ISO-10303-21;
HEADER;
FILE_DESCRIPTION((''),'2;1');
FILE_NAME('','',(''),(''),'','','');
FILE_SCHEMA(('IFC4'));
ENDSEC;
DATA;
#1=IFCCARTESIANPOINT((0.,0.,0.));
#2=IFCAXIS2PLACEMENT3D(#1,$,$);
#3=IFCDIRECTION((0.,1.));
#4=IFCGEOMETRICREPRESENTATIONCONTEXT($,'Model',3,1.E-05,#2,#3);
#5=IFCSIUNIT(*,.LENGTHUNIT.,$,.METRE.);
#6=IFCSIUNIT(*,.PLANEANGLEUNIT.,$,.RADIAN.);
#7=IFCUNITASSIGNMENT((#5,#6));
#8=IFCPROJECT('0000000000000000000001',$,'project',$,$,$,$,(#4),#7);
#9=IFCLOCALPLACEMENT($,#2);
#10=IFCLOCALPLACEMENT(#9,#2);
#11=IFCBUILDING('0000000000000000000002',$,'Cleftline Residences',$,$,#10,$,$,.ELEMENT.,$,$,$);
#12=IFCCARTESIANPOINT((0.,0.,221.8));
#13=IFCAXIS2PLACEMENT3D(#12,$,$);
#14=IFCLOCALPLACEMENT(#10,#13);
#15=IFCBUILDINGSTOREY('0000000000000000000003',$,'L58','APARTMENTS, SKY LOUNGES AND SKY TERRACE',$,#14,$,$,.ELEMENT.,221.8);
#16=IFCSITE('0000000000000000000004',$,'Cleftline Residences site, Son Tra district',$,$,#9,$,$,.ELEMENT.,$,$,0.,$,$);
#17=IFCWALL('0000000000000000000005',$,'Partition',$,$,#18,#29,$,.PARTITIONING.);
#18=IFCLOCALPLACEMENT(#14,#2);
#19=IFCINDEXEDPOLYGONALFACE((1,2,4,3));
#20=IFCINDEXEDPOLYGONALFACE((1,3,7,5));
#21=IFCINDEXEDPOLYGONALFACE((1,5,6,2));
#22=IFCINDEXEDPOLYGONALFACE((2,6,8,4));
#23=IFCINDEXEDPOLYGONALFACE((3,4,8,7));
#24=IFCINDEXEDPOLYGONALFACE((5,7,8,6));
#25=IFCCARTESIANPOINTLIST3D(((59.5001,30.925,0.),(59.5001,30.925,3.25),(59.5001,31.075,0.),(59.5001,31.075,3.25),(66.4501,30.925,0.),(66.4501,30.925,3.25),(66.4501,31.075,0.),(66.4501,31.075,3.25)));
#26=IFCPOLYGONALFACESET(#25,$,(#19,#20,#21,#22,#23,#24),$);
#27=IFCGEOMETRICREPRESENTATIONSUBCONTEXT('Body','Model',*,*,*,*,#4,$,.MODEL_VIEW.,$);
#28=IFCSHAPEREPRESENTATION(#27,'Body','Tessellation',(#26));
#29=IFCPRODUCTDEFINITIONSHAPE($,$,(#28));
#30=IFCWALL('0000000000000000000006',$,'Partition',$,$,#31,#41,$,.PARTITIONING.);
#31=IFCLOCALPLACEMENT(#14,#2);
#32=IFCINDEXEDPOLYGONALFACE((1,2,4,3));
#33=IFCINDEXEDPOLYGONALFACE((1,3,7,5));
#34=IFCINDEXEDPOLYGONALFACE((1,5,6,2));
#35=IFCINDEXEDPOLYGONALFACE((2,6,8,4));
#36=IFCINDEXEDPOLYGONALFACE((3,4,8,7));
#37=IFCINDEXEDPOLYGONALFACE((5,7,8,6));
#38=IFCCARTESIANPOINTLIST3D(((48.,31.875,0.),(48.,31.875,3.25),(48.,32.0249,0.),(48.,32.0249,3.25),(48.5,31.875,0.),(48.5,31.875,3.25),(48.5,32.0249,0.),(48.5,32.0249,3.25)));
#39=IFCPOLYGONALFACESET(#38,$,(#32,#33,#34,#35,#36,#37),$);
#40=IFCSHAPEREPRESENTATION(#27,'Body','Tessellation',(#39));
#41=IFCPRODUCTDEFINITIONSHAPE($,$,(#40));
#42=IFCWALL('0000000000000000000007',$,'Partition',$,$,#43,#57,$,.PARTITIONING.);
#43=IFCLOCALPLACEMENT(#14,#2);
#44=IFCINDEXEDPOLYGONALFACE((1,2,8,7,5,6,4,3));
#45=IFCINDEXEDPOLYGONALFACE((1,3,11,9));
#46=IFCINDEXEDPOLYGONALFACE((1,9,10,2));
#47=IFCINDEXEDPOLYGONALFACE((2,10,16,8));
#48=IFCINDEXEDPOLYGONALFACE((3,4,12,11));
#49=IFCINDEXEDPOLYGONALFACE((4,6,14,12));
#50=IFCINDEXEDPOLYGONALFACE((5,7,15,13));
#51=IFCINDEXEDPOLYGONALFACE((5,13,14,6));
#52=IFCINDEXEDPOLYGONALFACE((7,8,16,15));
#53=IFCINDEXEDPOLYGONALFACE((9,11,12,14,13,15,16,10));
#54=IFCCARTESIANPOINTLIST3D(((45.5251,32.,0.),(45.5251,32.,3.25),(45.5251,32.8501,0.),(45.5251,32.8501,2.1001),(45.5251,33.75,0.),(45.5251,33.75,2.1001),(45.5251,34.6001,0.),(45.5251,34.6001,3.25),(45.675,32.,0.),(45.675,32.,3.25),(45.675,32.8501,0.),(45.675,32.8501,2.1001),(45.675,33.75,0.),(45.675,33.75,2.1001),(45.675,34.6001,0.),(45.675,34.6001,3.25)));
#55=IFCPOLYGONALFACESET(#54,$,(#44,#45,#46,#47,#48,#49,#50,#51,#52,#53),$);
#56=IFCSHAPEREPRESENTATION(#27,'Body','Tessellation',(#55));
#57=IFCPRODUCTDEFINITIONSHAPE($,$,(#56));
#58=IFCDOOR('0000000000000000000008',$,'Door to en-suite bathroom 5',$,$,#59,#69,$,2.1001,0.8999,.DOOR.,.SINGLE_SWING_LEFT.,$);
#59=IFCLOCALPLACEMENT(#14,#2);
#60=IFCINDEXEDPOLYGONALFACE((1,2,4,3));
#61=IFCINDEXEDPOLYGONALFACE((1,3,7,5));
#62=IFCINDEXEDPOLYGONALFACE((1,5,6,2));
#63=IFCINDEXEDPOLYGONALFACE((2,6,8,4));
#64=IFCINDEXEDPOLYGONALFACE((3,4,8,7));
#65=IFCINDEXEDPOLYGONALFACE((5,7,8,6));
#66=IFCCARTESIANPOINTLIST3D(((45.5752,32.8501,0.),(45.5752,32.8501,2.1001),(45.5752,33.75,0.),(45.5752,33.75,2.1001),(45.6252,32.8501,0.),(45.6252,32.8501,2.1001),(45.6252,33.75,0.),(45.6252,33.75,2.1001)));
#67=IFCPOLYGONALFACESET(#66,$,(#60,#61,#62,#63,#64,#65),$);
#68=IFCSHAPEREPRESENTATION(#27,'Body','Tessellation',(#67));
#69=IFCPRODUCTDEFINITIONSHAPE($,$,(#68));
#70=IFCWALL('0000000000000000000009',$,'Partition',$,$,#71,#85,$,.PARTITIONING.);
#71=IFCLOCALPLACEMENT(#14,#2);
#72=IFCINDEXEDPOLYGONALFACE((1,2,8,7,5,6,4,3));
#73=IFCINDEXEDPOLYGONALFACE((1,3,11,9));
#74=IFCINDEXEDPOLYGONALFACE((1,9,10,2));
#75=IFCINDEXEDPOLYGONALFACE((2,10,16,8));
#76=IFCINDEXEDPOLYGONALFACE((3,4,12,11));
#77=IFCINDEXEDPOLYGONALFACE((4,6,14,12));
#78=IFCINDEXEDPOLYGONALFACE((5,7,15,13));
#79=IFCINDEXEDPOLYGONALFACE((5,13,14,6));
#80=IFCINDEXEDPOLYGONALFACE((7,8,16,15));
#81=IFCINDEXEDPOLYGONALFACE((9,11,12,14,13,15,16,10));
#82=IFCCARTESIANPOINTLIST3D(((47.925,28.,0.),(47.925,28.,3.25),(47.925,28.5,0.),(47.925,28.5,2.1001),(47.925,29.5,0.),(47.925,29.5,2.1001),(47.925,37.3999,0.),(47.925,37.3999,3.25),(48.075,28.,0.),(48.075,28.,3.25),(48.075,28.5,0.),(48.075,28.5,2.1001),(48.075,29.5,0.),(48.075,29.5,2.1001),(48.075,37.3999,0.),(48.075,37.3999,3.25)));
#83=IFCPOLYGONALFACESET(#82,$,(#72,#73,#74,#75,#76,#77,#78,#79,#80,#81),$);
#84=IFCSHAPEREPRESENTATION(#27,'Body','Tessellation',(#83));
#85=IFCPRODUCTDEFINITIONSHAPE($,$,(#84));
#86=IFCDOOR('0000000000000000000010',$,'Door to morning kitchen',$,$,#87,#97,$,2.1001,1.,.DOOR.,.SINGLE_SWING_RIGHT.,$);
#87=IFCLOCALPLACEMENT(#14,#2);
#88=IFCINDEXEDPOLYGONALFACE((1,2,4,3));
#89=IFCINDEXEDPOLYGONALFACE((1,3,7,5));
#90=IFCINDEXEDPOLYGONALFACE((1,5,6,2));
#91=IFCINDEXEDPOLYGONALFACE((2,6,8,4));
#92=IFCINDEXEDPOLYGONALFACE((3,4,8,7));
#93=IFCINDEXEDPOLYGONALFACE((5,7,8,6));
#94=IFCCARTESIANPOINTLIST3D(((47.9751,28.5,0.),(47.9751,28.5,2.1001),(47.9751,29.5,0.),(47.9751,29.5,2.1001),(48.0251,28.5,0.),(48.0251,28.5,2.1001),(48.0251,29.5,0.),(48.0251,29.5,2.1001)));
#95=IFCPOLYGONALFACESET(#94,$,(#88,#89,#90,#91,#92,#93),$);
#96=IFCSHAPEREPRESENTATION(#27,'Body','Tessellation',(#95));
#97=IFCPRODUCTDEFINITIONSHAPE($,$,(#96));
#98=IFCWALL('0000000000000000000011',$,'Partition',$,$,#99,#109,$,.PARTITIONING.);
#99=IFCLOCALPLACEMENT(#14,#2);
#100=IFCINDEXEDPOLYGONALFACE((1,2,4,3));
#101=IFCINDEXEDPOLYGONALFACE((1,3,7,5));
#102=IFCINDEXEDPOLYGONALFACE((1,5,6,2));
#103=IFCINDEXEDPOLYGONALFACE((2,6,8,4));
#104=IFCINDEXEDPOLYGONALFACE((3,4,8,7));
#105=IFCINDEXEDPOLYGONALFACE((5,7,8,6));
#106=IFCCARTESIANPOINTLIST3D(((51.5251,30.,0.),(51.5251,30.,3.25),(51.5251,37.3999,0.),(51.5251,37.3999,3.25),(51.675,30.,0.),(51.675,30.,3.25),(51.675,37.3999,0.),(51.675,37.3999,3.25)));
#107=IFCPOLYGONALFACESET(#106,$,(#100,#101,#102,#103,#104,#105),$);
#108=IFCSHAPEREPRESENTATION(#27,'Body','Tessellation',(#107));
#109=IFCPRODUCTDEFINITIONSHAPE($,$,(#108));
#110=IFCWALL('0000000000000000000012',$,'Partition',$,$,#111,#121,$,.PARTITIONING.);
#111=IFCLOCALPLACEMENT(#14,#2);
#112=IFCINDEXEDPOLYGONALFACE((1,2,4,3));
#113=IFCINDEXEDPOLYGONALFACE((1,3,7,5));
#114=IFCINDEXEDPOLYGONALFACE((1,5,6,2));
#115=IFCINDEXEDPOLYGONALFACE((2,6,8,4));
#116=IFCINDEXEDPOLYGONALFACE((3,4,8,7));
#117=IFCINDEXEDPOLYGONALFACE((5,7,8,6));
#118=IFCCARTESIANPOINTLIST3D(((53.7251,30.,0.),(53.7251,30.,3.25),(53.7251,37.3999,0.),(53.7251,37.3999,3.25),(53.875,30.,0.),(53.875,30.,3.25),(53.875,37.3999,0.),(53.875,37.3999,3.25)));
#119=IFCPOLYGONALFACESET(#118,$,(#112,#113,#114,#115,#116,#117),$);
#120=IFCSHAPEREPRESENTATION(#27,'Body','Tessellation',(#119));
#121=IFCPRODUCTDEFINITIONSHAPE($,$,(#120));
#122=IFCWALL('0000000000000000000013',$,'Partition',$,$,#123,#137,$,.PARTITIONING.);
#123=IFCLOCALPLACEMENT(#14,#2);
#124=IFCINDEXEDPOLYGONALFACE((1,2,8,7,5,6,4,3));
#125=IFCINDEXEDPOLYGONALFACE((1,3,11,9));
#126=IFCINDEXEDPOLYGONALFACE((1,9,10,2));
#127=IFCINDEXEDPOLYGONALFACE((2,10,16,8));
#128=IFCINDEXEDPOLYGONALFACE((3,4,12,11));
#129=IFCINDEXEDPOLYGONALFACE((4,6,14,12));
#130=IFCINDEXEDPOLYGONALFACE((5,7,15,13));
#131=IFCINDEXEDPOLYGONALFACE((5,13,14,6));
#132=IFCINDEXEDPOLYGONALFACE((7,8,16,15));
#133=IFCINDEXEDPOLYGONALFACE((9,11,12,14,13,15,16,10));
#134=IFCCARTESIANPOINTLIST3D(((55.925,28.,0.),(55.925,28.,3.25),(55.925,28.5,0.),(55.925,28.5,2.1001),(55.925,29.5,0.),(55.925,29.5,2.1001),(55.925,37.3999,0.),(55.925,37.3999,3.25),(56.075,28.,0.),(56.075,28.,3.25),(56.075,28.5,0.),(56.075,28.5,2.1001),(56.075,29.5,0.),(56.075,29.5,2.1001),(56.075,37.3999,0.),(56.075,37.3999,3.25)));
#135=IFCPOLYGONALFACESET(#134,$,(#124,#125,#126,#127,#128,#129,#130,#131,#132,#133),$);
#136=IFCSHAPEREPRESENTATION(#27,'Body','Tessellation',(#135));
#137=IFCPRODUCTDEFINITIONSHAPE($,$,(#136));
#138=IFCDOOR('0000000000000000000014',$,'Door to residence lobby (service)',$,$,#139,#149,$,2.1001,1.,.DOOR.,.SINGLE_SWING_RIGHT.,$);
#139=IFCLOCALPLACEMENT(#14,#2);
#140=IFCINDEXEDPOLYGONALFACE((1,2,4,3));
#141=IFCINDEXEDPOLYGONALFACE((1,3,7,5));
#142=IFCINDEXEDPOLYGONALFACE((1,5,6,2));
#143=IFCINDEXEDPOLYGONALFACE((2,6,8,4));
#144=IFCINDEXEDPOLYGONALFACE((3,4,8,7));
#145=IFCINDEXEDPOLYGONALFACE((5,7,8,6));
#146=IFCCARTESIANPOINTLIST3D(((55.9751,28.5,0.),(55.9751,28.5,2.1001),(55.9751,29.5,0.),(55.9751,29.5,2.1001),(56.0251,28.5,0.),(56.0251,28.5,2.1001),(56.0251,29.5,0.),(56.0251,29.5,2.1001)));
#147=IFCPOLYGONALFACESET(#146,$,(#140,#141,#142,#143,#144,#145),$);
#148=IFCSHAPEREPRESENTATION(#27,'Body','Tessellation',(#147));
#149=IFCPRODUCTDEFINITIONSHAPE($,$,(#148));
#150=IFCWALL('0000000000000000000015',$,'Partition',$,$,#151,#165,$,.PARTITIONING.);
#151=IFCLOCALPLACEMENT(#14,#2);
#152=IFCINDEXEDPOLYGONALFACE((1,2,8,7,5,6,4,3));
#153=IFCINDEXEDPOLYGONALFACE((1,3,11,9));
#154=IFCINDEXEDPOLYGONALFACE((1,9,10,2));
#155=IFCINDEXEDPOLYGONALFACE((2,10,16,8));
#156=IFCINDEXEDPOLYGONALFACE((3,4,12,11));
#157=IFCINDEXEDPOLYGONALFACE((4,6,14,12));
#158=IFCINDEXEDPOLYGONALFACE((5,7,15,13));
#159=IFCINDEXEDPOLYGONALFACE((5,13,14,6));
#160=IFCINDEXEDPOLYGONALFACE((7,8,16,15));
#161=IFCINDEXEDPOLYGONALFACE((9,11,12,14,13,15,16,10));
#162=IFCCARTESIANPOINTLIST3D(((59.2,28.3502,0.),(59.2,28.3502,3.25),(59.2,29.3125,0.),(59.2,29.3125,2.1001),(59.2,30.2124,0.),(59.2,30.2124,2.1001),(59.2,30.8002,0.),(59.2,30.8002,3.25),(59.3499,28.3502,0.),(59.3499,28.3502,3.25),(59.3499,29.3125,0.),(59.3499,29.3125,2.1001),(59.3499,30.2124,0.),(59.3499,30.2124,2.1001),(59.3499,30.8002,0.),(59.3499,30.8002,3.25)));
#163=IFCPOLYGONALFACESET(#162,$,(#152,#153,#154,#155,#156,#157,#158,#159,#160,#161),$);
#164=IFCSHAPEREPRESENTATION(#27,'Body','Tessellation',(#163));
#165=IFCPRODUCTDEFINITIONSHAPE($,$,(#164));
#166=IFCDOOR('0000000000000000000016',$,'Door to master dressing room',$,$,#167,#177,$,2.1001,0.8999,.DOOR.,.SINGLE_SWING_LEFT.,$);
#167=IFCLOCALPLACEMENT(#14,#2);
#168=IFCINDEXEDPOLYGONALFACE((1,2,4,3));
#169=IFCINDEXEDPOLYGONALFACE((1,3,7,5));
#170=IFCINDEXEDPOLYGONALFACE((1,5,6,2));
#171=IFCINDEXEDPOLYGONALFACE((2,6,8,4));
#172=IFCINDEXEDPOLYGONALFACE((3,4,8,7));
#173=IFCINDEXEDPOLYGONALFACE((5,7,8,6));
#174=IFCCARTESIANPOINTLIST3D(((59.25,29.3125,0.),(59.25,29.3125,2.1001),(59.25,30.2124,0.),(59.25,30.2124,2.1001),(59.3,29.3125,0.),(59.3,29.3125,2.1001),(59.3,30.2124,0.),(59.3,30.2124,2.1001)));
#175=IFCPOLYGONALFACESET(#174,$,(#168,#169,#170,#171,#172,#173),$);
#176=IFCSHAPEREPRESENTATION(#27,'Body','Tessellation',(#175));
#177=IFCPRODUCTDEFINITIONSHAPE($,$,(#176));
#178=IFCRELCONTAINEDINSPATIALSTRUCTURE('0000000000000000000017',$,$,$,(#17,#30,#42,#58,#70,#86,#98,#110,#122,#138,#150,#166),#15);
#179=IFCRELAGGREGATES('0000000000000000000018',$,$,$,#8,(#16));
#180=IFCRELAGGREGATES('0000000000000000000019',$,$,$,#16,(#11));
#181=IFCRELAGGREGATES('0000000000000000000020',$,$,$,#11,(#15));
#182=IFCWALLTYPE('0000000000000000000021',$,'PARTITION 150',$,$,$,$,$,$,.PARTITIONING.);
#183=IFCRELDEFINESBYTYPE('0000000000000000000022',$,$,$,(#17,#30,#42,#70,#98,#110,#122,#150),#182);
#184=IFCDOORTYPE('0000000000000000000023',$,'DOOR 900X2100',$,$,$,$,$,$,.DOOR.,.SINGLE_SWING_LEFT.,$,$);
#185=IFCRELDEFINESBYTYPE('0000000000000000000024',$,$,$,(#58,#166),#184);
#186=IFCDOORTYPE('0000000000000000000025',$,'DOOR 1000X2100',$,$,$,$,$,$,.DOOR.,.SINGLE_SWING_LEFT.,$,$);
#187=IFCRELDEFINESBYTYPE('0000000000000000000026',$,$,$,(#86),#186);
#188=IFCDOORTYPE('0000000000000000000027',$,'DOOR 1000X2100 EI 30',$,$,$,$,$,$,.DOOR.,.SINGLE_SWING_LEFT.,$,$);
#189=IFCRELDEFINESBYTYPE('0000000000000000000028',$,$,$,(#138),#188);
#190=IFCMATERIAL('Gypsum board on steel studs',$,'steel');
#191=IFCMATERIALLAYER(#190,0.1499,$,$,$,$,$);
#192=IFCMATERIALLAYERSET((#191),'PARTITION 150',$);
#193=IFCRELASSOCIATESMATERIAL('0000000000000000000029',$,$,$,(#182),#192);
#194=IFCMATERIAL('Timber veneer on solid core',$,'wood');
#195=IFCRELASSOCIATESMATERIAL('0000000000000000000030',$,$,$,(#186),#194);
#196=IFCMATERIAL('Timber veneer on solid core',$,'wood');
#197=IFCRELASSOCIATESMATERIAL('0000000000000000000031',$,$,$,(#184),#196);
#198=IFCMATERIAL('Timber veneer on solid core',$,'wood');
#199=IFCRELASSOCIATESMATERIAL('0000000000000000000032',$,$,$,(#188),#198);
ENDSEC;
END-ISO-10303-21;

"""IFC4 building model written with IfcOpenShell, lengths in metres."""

from ifc_helpers import new_model, si_unit, direction, frame, frame_2d, origin, place, context, subcontext, project, spatial, rectangle, extrude, material, layer, layer_set, type_object, element, fill, save


model = new_model("IFC4")

# Units and contexts
model_context = context("Model", 3, precision=1e-05, world=origin(), true_north=direction((0.0, 1.0)))
body_context = subcontext(model_context, "Body", "Model", "MODEL_VIEW")
ifc_project = project(units=[si_unit("LENGTHUNIT", "METRE"), si_unit("PLANEANGLEUNIT", "RADIAN")], contexts=[model_context])

# Site, building, storey
site_placement = place(None, origin())
site = spatial("IfcSite", under=ifc_project, at=site_placement, Name="Cleftline Residences site, Son Tra district", CompositionType="ELEMENT", RefElevation=0.0)
building_placement = place(site_placement, origin())
building = spatial("IfcBuilding", under=site, at=building_placement, Name="Cleftline Residences", CompositionType="ELEMENT")
storey_placement = place(building_placement, frame((0.0, 0.0, 221.8)))
storey = spatial("IfcBuildingStorey", under=building, at=storey_placement, Name="L58", Description="APARTMENTS, SKY LOUNGES AND SKY TERRACE", CompositionType="ELEMENT", Elevation=221.8)

# Shared definitions
ifc_material_1 = material(Name="Gypsum board on steel studs", Category="steel")
ifc_layer_1 = layer(ifc_material_1, 0.1499)
ifc_layer_set_1 = layer_set([ifc_layer_1], Name="PARTITION 150")
wall_type_1 = type_object("IfcWallType", Name="PARTITION 150", PredefinedType="PARTITIONING", material=ifc_layer_set_1)
ifc_material_2 = material(Name="Timber veneer on solid core", Category="wood")
door_type_1 = type_object("IfcDoorType", Name="DOOR 1000X2100", OperationType="SINGLE_SWING_LEFT", PredefinedType="DOOR", material=ifc_material_2)

# Walls
wall_1_placement = place(storey_placement, frame((59.5, 31.0, 0.0), z_axis=(0.0, 0.0, 1.0), x_axis=(1.0, 0.0, 0.0)))
element("IfcWall", 1, at=wall_1_placement, inside=storey, type_object=wall_type_1, Name="Partition", PredefinedType="PARTITIONING", context=body_context, shape_type="SweptSolid", body=[
    extrude(rectangle(XDim=6.95, YDim=0.1499, at=frame_2d((3.4751, 0.0))), origin(), (0.0, 0.0, 1.0), 3.25),
])
wall_2_placement = place(storey_placement, frame((48.0, 31.95, 0.0), z_axis=(0.0, 0.0, 1.0), x_axis=(1.0, 0.0, 0.0)))
element("IfcWall", 2, at=wall_2_placement, inside=storey, type_object=wall_type_1, Name="Partition", PredefinedType="PARTITIONING", context=body_context, shape_type="SweptSolid", body=[
    extrude(rectangle(XDim=0.5, YDim=0.1499, at=frame_2d((0.25, 0.0))), origin(), (0.0, 0.0, 1.0), 3.25),
])

# Walls, openings, doors
wall_3_placement = place(storey_placement, frame((45.6001, 32.0, 0.0), z_axis=(0.0, 0.0, 1.0), x_axis=(0.0, 1.0, 0.0)))
wall_3 = element("IfcWall", 3, at=wall_3_placement, inside=storey, type_object=wall_type_1, Name="Partition", PredefinedType="PARTITIONING", context=body_context, shape_type="SweptSolid", body=[
    extrude(rectangle(XDim=2.6001, YDim=0.1499, at=frame_2d((1.3, 0.0))), origin(), (0.0, 0.0, 1.0), 3.25),
])
opening_1_placement = place(wall_3_placement, frame((0.8501, 0.0, 0.0)))
opening_1 = element("IfcOpeningElement", 4, at=opening_1_placement, cuts=wall_3, PredefinedType="OPENING", context=body_context, shape_type="SweptSolid", body=[
    extrude(rectangle(XDim=0.8999, YDim=2.1001, at=frame_2d((0.45, 1.05))), frame((0.0, 0.085, 0.0), z_axis=(0.0, -1.0, 0.0), x_axis=(1.0, 0.0, 0.0)), (0.0, 0.0, 1.0), 0.1699),
])
ifc_material_3 = material(Name="Timber veneer on solid core", Category="wood")
door_type_2 = type_object("IfcDoorType", Name="DOOR 900X2100", OperationType="SINGLE_SWING_LEFT", PredefinedType="DOOR", material=ifc_material_3)
door_1_placement = place(opening_1_placement, origin())
door_1 = element("IfcDoor", 5, at=door_1_placement, inside=storey, type_object=door_type_2, Name="Door to en-suite bathroom 5", OperationType="SINGLE_SWING_LEFT", OverallHeight=2.1001, OverallWidth=0.8999, PredefinedType="DOOR", context=body_context, shape_type="SweptSolid", body=[
    extrude(rectangle(XDim=0.8999, YDim=2.1001, at=frame_2d((0.45, 1.05))), frame((0.0, 0.0249, 0.0), z_axis=(0.0, -1.0, 0.0), x_axis=(1.0, 0.0, 0.0)), (0.0, 0.0, 1.0), 0.05),
])
fill(opening_1, door_1)
wall_4_placement = place(storey_placement, frame((48.0, 28.0, 0.0), z_axis=(0.0, 0.0, 1.0), x_axis=(0.0, 1.0, 0.0)))
wall_4 = element("IfcWall", 6, at=wall_4_placement, inside=storey, type_object=wall_type_1, Name="Partition", PredefinedType="PARTITIONING", context=body_context, shape_type="SweptSolid", body=[
    extrude(rectangle(XDim=9.3999, YDim=0.1499, at=frame_2d((4.7, 0.0))), origin(), (0.0, 0.0, 1.0), 3.25),
])
opening_2_placement = place(wall_4_placement, frame((0.5, 0.0, 0.0)))
opening_2 = element("IfcOpeningElement", 7, at=opening_2_placement, cuts=wall_4, PredefinedType="OPENING", context=body_context, shape_type="SweptSolid", body=[
    extrude(rectangle(XDim=1.0, YDim=2.1001, at=frame_2d((0.5, 1.05))), frame((0.0, 0.085, 0.0), z_axis=(0.0, -1.0, 0.0), x_axis=(1.0, 0.0, 0.0)), (0.0, 0.0, 1.0), 0.1699),
])
door_2_placement = place(opening_2_placement, origin())
door_2 = element("IfcDoor", 8, at=door_2_placement, inside=storey, type_object=door_type_1, Name="Door to morning kitchen", OperationType="SINGLE_SWING_RIGHT", OverallHeight=2.1001, OverallWidth=1.0, PredefinedType="DOOR", context=body_context, shape_type="SweptSolid", body=[
    extrude(rectangle(XDim=1.0, YDim=2.1001, at=frame_2d((0.5, 1.05))), frame((0.0, 0.0249, 0.0), z_axis=(0.0, -1.0, 0.0), x_axis=(1.0, 0.0, 0.0)), (0.0, 0.0, 1.0), 0.05),
])
fill(opening_2, door_2)

# Walls
for number, where, z_axis, x_axis, name in (
    (9, (51.6001, 30.0, 0.0), (0.0, 0.0, 1.0), (0.0, 1.0, 0.0), "Partition"),
    (10, (53.8, 30.0, 0.0), (0.0, 0.0, 1.0), (0.0, 1.0, 0.0), "Partition"),
):
    element("IfcWall", number, at=place(storey_placement, frame(where, z_axis=z_axis, x_axis=x_axis)), inside=storey, type_object=wall_type_1, Name=name, PredefinedType="PARTITIONING", context=body_context, shape_type="SweptSolid", body=[
        extrude(rectangle(XDim=7.3999, YDim=0.1499, at=frame_2d((3.7, 0.0))), origin(), (0.0, 0.0, 1.0), 3.25),
    ])

# Walls, openings, doors
wall_5_placement = place(storey_placement, frame((56.0, 28.0, 0.0), z_axis=(0.0, 0.0, 1.0), x_axis=(0.0, 1.0, 0.0)))
wall_5 = element("IfcWall", 11, at=wall_5_placement, inside=storey, type_object=wall_type_1, Name="Partition", PredefinedType="PARTITIONING", context=body_context, shape_type="SweptSolid", body=[
    extrude(rectangle(XDim=9.3999, YDim=0.1499, at=frame_2d((4.7, 0.0))), origin(), (0.0, 0.0, 1.0), 3.25),
])
opening_3_placement = place(wall_5_placement, frame((0.5, 0.0, 0.0)))
opening_3 = element("IfcOpeningElement", 12, at=opening_3_placement, cuts=wall_5, PredefinedType="OPENING", context=body_context, shape_type="SweptSolid", body=[
    extrude(rectangle(XDim=1.0, YDim=2.1001, at=frame_2d((0.5, 1.05))), frame((0.0, 0.085, 0.0), z_axis=(0.0, -1.0, 0.0), x_axis=(1.0, 0.0, 0.0)), (0.0, 0.0, 1.0), 0.1699),
])
ifc_material_4 = material(Name="Timber veneer on solid core", Category="wood")
door_type_3 = type_object("IfcDoorType", Name="DOOR 1000X2100 EI 30", OperationType="SINGLE_SWING_LEFT", PredefinedType="DOOR", material=ifc_material_4)
door_3_placement = place(opening_3_placement, origin())
door_3 = element("IfcDoor", 13, at=door_3_placement, inside=storey, type_object=door_type_3, Name="Door to residence lobby (service)", OperationType="SINGLE_SWING_RIGHT", OverallHeight=2.1001, OverallWidth=1.0, PredefinedType="DOOR", context=body_context, shape_type="SweptSolid", body=[
    extrude(rectangle(XDim=1.0, YDim=2.1001, at=frame_2d((0.5, 1.05))), frame((0.0, 0.0249, 0.0), z_axis=(0.0, -1.0, 0.0), x_axis=(1.0, 0.0, 0.0)), (0.0, 0.0, 1.0), 0.05),
])
fill(opening_3, door_3)
wall_6_placement = place(storey_placement, frame((59.2749, 28.3501, 0.0), z_axis=(0.0, 0.0, 1.0), x_axis=(0.0, 1.0, 0.0)))
wall_6 = element("IfcWall", 14, at=wall_6_placement, inside=storey, type_object=wall_type_1, Name="Partition", PredefinedType="PARTITIONING", context=body_context, shape_type="SweptSolid", body=[
    extrude(rectangle(XDim=2.45, YDim=0.1499, at=frame_2d((1.2251, 0.0))), origin(), (0.0, 0.0, 1.0), 3.25),
])
opening_4_placement = place(wall_6_placement, frame((0.9624, 0.0, 0.0)))
opening_4 = element("IfcOpeningElement", 15, at=opening_4_placement, cuts=wall_6, PredefinedType="OPENING", context=body_context, shape_type="SweptSolid", body=[
    extrude(rectangle(XDim=0.8999, YDim=2.1001, at=frame_2d((0.45, 1.05))), frame((0.0, 0.085, 0.0), z_axis=(0.0, -1.0, 0.0), x_axis=(1.0, 0.0, 0.0)), (0.0, 0.0, 1.0), 0.1699),
])
door_4_placement = place(opening_4_placement, origin())
door_4 = element("IfcDoor", 16, at=door_4_placement, inside=storey, type_object=door_type_2, Name="Door to master dressing room", OperationType="SINGLE_SWING_LEFT", OverallHeight=2.1001, OverallWidth=0.8999, PredefinedType="DOOR", context=body_context, shape_type="SweptSolid", body=[
    extrude(rectangle(XDim=0.8999, YDim=2.1001, at=frame_2d((0.45, 1.05))), frame((0.0, 0.0249, 0.0), z_axis=(0.0, -1.0, 0.0), x_axis=(1.0, 0.0, 0.0)), (0.0, 0.0, 1.0), 0.05),
])
fill(opening_4, door_4)

save(model, "model.ifc")
